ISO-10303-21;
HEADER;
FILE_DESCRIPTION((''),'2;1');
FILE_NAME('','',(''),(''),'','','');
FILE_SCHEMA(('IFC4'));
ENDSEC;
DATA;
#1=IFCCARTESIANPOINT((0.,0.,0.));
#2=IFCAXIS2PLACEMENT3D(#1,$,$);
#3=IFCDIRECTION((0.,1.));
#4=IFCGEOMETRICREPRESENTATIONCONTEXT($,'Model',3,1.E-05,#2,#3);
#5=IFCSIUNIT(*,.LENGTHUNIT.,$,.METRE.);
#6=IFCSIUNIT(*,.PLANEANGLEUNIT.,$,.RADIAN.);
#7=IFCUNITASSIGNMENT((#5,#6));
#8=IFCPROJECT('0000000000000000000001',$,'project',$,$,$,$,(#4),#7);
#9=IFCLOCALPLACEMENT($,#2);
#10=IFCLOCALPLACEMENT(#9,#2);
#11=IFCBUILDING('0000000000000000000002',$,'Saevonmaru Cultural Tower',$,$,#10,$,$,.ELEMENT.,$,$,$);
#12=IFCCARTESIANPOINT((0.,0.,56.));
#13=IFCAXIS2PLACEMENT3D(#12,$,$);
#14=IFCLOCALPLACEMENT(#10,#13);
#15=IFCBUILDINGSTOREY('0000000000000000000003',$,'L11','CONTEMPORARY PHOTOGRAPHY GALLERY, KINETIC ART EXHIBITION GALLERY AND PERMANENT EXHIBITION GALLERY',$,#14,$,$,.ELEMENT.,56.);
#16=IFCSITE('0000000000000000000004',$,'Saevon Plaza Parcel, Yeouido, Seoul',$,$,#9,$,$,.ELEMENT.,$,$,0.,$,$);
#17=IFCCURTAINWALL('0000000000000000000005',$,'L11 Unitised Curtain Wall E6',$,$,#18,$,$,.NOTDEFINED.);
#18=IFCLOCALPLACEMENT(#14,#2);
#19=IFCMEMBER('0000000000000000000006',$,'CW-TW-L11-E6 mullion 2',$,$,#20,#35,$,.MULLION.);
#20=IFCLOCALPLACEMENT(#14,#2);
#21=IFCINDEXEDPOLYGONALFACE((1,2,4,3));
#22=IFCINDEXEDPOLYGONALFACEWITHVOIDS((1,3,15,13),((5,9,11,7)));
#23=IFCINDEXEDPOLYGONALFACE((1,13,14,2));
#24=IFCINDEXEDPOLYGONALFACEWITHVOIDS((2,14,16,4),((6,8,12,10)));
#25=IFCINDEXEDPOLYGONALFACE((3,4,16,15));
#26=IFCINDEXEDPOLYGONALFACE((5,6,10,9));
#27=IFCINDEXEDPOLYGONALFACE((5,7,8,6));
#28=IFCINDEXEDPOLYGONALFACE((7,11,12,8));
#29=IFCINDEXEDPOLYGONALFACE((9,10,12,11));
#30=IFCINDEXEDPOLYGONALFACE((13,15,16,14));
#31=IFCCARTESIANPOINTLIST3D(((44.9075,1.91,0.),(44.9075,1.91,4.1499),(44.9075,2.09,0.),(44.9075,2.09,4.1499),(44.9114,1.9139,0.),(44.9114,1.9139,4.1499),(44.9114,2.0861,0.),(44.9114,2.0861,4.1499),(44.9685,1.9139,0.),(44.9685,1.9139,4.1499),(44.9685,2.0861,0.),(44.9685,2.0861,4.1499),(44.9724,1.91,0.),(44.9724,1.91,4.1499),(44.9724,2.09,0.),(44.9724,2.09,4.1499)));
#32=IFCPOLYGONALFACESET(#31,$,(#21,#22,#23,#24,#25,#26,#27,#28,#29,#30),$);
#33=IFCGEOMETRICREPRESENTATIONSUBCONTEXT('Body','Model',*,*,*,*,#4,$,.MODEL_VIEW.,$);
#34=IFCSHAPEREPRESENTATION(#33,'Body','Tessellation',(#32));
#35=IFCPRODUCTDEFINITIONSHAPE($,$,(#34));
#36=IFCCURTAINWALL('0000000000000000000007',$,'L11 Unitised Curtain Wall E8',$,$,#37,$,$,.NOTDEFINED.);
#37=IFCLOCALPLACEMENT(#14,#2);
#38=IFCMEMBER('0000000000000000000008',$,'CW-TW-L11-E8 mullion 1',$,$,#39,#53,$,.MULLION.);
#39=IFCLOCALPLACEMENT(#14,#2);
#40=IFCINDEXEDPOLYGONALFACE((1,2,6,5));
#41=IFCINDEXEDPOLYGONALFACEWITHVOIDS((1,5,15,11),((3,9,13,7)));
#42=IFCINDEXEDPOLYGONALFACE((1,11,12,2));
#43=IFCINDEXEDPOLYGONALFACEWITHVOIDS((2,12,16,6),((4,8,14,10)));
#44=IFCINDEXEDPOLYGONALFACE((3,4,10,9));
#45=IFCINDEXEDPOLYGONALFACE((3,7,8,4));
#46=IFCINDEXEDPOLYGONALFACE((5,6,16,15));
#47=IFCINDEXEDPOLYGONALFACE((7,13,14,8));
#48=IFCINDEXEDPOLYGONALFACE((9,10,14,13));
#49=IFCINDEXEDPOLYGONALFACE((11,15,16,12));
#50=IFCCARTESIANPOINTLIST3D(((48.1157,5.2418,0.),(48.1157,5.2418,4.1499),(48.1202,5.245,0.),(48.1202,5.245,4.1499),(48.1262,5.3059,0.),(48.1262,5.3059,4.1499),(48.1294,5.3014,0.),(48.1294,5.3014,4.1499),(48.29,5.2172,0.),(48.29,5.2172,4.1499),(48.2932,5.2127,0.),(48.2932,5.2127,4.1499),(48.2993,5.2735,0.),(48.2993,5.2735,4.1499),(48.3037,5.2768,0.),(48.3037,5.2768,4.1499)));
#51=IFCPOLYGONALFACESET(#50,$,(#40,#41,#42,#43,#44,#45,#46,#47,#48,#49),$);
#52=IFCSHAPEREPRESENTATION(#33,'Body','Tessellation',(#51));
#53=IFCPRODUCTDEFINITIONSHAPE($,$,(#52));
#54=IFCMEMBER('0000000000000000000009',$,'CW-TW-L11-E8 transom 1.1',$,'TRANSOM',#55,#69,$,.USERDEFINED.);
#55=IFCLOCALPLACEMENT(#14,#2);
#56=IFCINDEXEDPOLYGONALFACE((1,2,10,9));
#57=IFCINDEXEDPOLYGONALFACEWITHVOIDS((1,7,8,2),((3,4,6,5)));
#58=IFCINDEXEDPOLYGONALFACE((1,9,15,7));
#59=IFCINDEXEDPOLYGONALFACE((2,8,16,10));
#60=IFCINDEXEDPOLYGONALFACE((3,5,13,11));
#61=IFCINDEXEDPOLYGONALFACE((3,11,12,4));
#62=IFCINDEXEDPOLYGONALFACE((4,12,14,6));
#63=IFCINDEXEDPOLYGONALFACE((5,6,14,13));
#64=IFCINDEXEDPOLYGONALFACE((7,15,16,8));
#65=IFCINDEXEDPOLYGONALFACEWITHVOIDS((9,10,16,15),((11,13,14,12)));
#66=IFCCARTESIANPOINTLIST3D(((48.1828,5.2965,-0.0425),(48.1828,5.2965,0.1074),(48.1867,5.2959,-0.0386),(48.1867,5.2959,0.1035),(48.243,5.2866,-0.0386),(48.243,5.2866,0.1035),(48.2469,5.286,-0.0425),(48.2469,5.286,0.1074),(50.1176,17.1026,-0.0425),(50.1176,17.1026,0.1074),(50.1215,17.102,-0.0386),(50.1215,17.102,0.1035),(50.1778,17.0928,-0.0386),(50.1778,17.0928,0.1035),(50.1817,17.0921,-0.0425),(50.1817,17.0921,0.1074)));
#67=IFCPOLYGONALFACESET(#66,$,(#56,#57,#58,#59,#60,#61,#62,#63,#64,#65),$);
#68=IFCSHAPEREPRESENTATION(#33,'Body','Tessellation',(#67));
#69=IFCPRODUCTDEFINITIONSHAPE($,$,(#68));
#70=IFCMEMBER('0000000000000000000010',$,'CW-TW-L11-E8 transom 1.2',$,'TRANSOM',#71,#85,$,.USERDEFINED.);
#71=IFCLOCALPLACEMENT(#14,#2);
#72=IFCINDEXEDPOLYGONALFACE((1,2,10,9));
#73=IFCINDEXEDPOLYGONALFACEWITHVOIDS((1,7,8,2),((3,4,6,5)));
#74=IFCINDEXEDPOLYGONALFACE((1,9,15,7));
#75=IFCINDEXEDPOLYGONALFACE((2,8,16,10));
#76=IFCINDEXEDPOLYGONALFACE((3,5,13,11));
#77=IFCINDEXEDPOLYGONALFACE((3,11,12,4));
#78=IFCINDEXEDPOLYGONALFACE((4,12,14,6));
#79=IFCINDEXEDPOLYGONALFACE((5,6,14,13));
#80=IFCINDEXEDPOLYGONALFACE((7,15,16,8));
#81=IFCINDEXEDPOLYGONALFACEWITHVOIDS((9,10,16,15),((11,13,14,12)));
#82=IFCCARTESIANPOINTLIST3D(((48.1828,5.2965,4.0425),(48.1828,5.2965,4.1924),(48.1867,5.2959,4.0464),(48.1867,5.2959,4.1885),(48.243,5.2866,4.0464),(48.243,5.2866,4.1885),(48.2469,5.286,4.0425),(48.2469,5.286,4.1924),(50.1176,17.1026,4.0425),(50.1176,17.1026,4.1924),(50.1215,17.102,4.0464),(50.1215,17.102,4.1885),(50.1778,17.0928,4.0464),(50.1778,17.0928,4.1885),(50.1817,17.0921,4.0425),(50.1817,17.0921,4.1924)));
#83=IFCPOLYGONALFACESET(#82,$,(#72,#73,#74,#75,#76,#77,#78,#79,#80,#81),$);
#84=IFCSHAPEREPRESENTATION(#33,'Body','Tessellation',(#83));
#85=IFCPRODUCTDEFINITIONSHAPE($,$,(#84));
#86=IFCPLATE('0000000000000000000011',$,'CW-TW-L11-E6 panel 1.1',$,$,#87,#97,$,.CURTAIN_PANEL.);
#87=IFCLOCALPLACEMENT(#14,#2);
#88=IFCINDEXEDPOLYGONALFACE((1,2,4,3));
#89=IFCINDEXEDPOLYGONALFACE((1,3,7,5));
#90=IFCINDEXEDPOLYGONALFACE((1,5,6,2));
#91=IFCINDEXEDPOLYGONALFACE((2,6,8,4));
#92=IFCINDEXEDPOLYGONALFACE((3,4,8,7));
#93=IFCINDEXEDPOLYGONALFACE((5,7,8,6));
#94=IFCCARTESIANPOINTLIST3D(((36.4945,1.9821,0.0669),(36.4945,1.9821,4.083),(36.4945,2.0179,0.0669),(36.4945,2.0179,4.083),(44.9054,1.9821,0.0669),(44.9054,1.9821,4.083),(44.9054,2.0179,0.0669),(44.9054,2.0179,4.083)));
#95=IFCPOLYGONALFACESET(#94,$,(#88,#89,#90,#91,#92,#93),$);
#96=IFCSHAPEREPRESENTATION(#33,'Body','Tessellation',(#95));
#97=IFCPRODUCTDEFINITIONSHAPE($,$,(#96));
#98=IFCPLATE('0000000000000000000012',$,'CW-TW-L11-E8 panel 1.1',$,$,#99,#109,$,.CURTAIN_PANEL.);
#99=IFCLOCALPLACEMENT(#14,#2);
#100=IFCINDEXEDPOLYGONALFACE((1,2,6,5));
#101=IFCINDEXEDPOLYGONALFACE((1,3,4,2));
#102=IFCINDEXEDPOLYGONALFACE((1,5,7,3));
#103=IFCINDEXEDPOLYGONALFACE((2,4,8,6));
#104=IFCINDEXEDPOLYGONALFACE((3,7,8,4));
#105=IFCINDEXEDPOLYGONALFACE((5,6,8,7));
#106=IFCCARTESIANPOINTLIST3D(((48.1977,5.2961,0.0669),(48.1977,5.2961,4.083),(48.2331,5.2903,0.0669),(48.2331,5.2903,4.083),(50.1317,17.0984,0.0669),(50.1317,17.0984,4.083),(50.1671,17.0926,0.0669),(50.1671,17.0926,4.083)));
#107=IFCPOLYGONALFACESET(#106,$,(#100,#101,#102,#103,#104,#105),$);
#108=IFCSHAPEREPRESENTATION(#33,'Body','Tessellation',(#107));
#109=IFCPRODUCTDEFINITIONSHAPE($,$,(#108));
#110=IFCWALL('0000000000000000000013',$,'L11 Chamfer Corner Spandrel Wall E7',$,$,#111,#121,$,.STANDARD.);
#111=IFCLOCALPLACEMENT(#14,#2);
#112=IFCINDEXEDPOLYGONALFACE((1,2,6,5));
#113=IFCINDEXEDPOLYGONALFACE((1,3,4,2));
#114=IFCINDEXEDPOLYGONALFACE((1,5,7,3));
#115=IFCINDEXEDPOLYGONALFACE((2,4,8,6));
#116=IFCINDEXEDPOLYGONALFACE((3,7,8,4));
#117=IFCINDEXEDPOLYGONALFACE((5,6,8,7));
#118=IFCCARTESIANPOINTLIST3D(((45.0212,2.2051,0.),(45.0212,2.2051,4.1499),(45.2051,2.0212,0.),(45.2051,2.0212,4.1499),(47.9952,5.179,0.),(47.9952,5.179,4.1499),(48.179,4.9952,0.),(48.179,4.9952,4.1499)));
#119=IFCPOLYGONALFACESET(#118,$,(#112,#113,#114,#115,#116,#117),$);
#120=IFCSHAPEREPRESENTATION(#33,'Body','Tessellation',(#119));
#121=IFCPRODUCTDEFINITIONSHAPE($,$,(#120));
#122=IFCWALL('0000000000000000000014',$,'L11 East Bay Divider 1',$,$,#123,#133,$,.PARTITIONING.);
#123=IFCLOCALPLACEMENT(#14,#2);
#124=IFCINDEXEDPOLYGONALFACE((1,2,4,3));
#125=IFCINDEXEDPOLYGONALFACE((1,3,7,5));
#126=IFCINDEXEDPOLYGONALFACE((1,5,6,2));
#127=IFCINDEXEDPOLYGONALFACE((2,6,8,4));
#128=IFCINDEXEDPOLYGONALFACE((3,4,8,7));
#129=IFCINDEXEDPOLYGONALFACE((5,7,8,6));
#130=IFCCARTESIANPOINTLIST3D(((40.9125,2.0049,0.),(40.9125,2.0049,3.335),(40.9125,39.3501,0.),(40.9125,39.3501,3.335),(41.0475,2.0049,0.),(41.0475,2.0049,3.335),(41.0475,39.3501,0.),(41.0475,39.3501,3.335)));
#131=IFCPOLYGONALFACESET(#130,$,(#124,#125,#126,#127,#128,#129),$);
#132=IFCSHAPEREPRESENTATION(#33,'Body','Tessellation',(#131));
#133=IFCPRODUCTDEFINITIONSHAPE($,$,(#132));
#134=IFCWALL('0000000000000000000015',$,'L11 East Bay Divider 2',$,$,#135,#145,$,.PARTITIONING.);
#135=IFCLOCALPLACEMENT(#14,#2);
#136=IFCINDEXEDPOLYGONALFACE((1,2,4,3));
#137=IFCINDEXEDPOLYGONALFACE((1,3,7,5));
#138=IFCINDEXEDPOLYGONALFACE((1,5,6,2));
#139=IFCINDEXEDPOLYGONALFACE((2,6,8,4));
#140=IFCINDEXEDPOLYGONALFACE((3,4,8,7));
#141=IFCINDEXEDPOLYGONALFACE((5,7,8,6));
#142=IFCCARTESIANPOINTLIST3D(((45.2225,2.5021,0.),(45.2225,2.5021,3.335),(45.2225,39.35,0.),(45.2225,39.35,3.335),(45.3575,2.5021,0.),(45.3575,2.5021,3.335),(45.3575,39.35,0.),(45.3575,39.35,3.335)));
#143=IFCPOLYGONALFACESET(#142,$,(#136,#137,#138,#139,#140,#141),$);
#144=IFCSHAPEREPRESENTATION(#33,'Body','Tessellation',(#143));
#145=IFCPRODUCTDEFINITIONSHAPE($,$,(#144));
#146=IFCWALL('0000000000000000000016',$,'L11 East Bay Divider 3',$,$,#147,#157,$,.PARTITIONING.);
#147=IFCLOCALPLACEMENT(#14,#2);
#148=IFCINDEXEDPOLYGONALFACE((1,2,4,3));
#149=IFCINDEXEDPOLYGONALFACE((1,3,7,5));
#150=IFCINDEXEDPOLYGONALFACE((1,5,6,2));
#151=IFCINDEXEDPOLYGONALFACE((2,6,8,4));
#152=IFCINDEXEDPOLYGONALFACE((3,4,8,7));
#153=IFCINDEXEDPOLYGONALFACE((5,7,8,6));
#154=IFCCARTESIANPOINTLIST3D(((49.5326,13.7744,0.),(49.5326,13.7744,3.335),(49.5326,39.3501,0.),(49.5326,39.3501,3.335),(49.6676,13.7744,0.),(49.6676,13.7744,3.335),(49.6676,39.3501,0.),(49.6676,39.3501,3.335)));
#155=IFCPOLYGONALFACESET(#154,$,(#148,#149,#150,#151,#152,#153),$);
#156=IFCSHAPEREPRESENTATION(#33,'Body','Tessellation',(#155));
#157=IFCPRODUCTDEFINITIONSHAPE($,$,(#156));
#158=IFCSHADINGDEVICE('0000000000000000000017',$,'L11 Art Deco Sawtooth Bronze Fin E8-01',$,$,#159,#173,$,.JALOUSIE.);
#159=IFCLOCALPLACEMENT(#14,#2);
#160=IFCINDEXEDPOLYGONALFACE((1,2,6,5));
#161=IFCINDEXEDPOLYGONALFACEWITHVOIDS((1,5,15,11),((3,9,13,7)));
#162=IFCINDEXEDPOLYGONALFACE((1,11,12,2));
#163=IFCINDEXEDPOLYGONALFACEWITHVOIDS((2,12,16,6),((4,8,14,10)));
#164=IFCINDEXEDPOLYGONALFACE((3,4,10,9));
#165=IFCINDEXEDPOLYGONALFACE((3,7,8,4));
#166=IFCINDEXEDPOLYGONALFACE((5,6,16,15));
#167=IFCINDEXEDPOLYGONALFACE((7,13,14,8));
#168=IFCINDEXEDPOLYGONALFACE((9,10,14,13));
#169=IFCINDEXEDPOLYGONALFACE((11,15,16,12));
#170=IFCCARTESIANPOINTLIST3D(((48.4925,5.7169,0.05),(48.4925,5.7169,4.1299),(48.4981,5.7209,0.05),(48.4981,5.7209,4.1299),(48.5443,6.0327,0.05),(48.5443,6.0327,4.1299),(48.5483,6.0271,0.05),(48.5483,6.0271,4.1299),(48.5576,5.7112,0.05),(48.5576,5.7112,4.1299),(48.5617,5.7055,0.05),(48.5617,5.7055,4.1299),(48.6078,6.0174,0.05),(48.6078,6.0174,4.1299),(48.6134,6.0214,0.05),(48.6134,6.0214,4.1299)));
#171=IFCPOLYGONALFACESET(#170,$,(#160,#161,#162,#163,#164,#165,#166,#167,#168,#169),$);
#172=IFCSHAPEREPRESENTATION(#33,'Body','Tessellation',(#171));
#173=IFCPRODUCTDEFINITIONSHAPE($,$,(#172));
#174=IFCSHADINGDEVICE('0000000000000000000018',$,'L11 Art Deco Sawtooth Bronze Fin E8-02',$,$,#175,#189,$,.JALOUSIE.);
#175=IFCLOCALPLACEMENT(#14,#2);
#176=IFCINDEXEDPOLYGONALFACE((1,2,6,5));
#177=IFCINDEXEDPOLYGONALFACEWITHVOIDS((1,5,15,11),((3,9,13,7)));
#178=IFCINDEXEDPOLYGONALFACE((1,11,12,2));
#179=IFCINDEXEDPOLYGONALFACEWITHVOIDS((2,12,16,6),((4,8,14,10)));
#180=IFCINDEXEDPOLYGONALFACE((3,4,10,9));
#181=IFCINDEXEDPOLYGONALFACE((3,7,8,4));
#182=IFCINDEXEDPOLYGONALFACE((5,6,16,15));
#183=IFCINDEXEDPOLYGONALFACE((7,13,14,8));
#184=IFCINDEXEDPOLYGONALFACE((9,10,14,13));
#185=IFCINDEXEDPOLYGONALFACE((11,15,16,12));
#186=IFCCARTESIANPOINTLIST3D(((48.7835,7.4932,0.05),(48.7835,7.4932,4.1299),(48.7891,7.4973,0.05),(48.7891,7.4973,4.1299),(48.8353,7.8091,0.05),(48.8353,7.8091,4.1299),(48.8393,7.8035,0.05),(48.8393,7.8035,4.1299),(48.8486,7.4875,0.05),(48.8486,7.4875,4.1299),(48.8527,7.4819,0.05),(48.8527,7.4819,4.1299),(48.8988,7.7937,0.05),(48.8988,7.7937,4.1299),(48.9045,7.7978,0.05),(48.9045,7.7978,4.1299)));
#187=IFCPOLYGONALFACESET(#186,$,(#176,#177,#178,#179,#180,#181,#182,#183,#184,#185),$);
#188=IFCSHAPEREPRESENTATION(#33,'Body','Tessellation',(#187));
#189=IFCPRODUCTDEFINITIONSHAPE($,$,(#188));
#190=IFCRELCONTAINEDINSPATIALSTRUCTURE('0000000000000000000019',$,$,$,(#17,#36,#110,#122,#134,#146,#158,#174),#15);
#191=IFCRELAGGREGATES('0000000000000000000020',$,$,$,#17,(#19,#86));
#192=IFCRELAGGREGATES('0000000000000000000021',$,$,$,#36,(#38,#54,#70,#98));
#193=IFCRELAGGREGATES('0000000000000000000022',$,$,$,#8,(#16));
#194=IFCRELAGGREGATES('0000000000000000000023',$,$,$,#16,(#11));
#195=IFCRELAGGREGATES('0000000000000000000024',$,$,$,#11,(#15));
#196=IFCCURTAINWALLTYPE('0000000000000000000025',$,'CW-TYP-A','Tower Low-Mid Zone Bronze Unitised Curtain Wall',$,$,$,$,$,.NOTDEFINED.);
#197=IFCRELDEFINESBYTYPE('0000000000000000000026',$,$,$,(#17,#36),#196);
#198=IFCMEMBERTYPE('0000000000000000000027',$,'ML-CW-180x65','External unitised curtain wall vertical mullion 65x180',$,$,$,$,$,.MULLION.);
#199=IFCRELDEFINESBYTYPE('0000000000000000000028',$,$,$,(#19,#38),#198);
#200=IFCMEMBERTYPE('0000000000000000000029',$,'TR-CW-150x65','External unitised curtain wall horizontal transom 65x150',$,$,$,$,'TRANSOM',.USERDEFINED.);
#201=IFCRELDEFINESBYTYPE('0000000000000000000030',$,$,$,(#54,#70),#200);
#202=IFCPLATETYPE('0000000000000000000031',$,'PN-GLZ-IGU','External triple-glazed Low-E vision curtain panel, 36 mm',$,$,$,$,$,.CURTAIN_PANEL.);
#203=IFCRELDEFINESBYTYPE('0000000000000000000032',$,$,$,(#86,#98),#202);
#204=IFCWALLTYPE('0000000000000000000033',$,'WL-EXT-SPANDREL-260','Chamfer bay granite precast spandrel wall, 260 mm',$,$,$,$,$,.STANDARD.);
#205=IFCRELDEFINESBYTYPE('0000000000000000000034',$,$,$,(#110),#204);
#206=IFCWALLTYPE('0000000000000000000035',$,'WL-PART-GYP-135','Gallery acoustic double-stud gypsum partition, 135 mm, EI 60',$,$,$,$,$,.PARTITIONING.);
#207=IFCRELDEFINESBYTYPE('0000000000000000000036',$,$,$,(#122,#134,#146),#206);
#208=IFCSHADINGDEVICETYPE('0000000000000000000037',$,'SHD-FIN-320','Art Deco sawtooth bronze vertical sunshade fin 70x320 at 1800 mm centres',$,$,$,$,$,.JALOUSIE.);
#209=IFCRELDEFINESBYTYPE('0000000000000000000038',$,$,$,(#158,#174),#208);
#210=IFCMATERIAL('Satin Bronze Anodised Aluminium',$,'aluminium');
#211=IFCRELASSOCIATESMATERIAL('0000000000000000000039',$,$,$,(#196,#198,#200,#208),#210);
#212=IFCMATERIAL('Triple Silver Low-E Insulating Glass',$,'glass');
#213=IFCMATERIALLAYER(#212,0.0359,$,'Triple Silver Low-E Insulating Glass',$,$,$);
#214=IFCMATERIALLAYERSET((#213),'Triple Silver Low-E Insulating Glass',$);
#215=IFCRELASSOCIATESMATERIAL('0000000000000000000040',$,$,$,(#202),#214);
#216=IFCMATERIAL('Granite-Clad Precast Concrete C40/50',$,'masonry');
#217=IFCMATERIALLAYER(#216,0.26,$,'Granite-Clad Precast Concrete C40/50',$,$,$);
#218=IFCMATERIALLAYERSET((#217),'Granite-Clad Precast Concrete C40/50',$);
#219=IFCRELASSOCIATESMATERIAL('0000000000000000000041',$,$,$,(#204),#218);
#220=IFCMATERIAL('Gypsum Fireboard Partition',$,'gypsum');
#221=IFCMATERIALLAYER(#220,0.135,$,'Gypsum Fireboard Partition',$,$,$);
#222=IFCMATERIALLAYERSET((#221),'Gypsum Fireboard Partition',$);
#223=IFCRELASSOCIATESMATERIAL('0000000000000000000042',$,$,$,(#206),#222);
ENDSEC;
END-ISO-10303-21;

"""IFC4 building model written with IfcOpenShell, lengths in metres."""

from ifc_helpers import new_model, si_unit, direction, frame, frame_2d, origin, origin_2d, place, context, subcontext, project, spatial, rectangle, hollow_rectangle, extrude, material, layer, layer_set, material_profile, profile_set, type_object, element, aggregate, save


model = new_model("IFC4")

# Units and contexts
model_context = context("Model", 3, precision=1e-05, world=origin(), true_north=direction((0.0, 1.0)))
body_context = subcontext(model_context, "Body", "Model", "MODEL_VIEW")
ifc_project = project(units=[si_unit("LENGTHUNIT", "METRE"), si_unit("PLANEANGLEUNIT", "RADIAN")], contexts=[model_context])

# Site, building, storey
site_placement = place(None, origin())
site = spatial("IfcSite", under=ifc_project, at=site_placement, Name="Saevon Plaza Parcel, Yeouido, Seoul", CompositionType="ELEMENT", RefElevation=0.0)
building_placement = place(site_placement, origin())
building = spatial("IfcBuilding", under=site, at=building_placement, Name="Saevonmaru Cultural Tower", CompositionType="ELEMENT")
storey_placement = place(building_placement, frame((0.0, 0.0, 56.0)))
storey = spatial("IfcBuildingStorey", under=building, at=storey_placement, Name="L11", Description="CONTEMPORARY PHOTOGRAPHY GALLERY, KINETIC ART EXHIBITION GALLERY AND PERMANENT EXHIBITION GALLERY", CompositionType="ELEMENT", Elevation=56.0)

# Curtain wall, member
ifc_material_1 = material(Name="Satin Bronze Anodised Aluminium", Category="aluminium")
curtain_wall_type = type_object("IfcCurtainWallType", Name="CW-TYP-A", Description="Tower Low-Mid Zone Bronze Unitised Curtain Wall", PredefinedType="NOTDEFINED", material=ifc_material_1)
curtain_wall_1_placement = place(storey_placement, origin())
curtain_wall_1 = element("IfcCurtainWall", 1, at=curtain_wall_1_placement, inside=storey, type_object=curtain_wall_type, Name="L11 Unitised Curtain Wall E6", PredefinedType="NOTDEFINED")
ifc_material_profile_1 = material_profile(ifc_material_1, hollow_rectangle(XDim=0.0649, YDim=0.1799, WallThickness=0.0039, at=origin_2d()), Name="ALU-MULL-180x65x4")
ifc_profile_set_1 = profile_set([ifc_material_profile_1], Name="Satin Bronze Anodised Aluminium")
member_type_1 = type_object("IfcMemberType", Name="ML-CW-180x65", Description="External unitised curtain wall vertical mullion 65x180", PredefinedType="MULLION", material=ifc_profile_set_1)
member_1_placement = place(storey_placement, frame((44.9399, 2.0, 0.0), z_axis=(0.0, 0.0, 1.0), x_axis=(1.0, 0.0, 0.0)))
member_1 = element("IfcMember", 2, at=member_1_placement, type_object=member_type_1, Name="CW-TW-L11-E6 mullion 2", PredefinedType="MULLION", context=body_context, shape_type="SweptSolid", body=[
    extrude(hollow_rectangle(XDim=0.0649, YDim=0.1799, WallThickness=0.0039, at=origin_2d()), origin(), (0.0, 0.0, 1.0), 4.1499),
])

# Curtain wall, members
curtain_wall_2_placement = place(storey_placement, origin())
curtain_wall_2 = element("IfcCurtainWall", 3, at=curtain_wall_2_placement, inside=storey, type_object=curtain_wall_type, Name="L11 Unitised Curtain Wall E8", PredefinedType="NOTDEFINED")
member_2_placement = place(storey_placement, frame((48.2097, 5.2593, 0.0), z_axis=(0.0, 0.0, 1.0), x_axis=(0.161709, 0.986839, 0.0)))
member_2 = element("IfcMember", 4, at=member_2_placement, type_object=member_type_1, Name="CW-TW-L11-E8 mullion 1", PredefinedType="MULLION", context=body_context, shape_type="SweptSolid", body=[
    extrude(hollow_rectangle(XDim=0.0649, YDim=0.1799, WallThickness=0.0039, at=origin_2d()), origin(), (0.0, 0.0, 1.0), 4.1499),
])
ifc_material_profile_2 = material_profile(ifc_material_1, hollow_rectangle(XDim=0.0649, YDim=0.1499, WallThickness=0.0039, at=origin_2d()), Name="ALU-TRAN-150x65x4")
ifc_profile_set_2 = profile_set([ifc_material_profile_2], Name="Satin Bronze Anodised Aluminium")
member_type_2 = type_object("IfcMemberType", Name="TR-CW-150x65", Description="External unitised curtain wall horizontal transom 65x150", ElementType="TRANSOM", PredefinedType="USERDEFINED", material=ifc_profile_set_2)
member_3_placement = place(storey_placement, frame((48.2148, 5.2913, 0.0325), z_axis=(0.161725, 0.986836, 0.0), x_axis=(-0.986836, 0.161725, 0.0)))
member_3 = element("IfcMember", 5, at=member_3_placement, type_object=member_type_2, Name="CW-TW-L11-E8 transom 1.1", ObjectType="TRANSOM", PredefinedType="USERDEFINED", context=body_context, shape_type="SweptSolid", body=[
    extrude(hollow_rectangle(XDim=0.0649, YDim=0.1499, WallThickness=0.0039, at=origin_2d()), origin(), (0.0, 0.0, 1.0), 11.9636),
])
member_4_placement = place(storey_placement, frame((48.2148, 5.2913, 4.1174), z_axis=(0.161725, 0.986836, 0.0), x_axis=(-0.986836, 0.161725, 0.0)))
member_4 = element("IfcMember", 6, at=member_4_placement, type_object=member_type_2, Name="CW-TW-L11-E8 transom 1.2", ObjectType="TRANSOM", PredefinedType="USERDEFINED", context=body_context, shape_type="SweptSolid", body=[
    extrude(hollow_rectangle(XDim=0.0649, YDim=0.1499, WallThickness=0.0039, at=origin_2d()), origin(), (0.0, 0.0, 1.0), 11.9636),
])

# Plates
ifc_material_2 = material(Name="Triple Silver Low-E Insulating Glass", Category="glass")
ifc_layer_1 = layer(ifc_material_2, 0.0359, Name="Triple Silver Low-E Insulating Glass")
ifc_layer_set_1 = layer_set([ifc_layer_1], Name="Triple Silver Low-E Insulating Glass")
plate_type = type_object("IfcPlateType", Name="PN-GLZ-IGU", Description="External triple-glazed Low-E vision curtain panel, 36 mm", PredefinedType="CURTAIN_PANEL", material=ifc_layer_set_1)
plate_1_placement = place(storey_placement, frame((40.7, 2.0, 0.0669), z_axis=(0.0, 0.0, 1.0), x_axis=(1.0, 0.0, 0.0)))
plate_1 = element("IfcPlate", 7, at=plate_1_placement, type_object=plate_type, Name="CW-TW-L11-E6 panel 1.1", PredefinedType="CURTAIN_PANEL", context=body_context, shape_type="SweptSolid", body=[
    extrude(rectangle(XDim=8.4109, YDim=0.0359, at=origin_2d()), origin(), (0.0, 0.0, 1.0), 4.0161),
])
aggregate(curtain_wall_1, [member_1, plate_1])
plate_2_placement = place(storey_placement, frame((49.1824, 11.1943, 0.0669), z_axis=(0.0, 0.0, 1.0), x_axis=(0.161709, 0.986839, 0.0)))
plate_2 = element("IfcPlate", 8, at=plate_2_placement, type_object=plate_type, Name="CW-TW-L11-E8 panel 1.1", PredefinedType="CURTAIN_PANEL", context=body_context, shape_type="SweptSolid", body=[
    extrude(rectangle(XDim=11.9597, YDim=0.0359, at=origin_2d()), origin(), (0.0, 0.0, 1.0), 4.0161),
])
aggregate(curtain_wall_2, [member_2, member_3, member_4, plate_2])

# Walls
ifc_material_3 = material(Name="Granite-Clad Precast Concrete C40/50", Category="masonry")
ifc_layer_2 = layer(ifc_material_3, 0.26, Name="Granite-Clad Precast Concrete C40/50")
ifc_layer_set_2 = layer_set([ifc_layer_2], Name="Granite-Clad Precast Concrete C40/50")
wall_type_1 = type_object("IfcWallType", Name="WL-EXT-SPANDREL-260", Description="Chamfer bay granite precast spandrel wall, 260 mm", PredefinedType="STANDARD", material=ifc_layer_set_2)
wall_1_placement = place(storey_placement, frame((45.113, 2.113, 0.0), z_axis=(0.0, 0.0, 1.0), x_axis=(0.707107, 0.707107, 0.0)))
element("IfcWall", 9, at=wall_1_placement, inside=storey, type_object=wall_type_1, Name="L11 Chamfer Corner Spandrel Wall E7", PredefinedType="STANDARD", context=body_context, shape_type="SweptSolid", body=[
    extrude(rectangle(XDim=4.2058, YDim=0.26, at=frame_2d((2.103, 0.0))), origin(), (0.0, 0.0, 1.0), 4.1499),
])
ifc_material_4 = material(Name="Gypsum Fireboard Partition", Category="gypsum")
ifc_layer_3 = layer(ifc_material_4, 0.135, Name="Gypsum Fireboard Partition")
ifc_layer_set_3 = layer_set([ifc_layer_3], Name="Gypsum Fireboard Partition")
wall_type_2 = type_object("IfcWallType", Name="WL-PART-GYP-135", Description="Gallery acoustic double-stud gypsum partition, 135 mm, EI 60", PredefinedType="PARTITIONING", material=ifc_layer_set_3)
wall_2_placement = place(storey_placement, frame((40.98, 2.0049, 0.0), z_axis=(0.0, 0.0, 1.0), x_axis=(0.0, 1.0, 0.0)))
element("IfcWall", 10, at=wall_2_placement, inside=storey, type_object=wall_type_2, Name="L11 East Bay Divider 1", PredefinedType="PARTITIONING", context=body_context, shape_type="SweptSolid", body=[
    extrude(rectangle(XDim=37.3452, YDim=0.135, at=frame_2d((18.6726, 0.0))), origin(), (0.0, 0.0, 1.0), 3.335),
])
wall_3_placement = place(storey_placement, frame((45.29, 2.5022, 0.0), z_axis=(0.0, 0.0, 1.0), x_axis=(0.0, 1.0, 0.0)))
element("IfcWall", 11, at=wall_3_placement, inside=storey, type_object=wall_type_2, Name="L11 East Bay Divider 2", PredefinedType="PARTITIONING", context=body_context, shape_type="SweptSolid", body=[
    extrude(rectangle(XDim=36.8479, YDim=0.135, at=frame_2d((18.4238, 0.0))), origin(), (0.0, 0.0, 1.0), 3.335),
])
wall_4_placement = place(storey_placement, frame((49.6001, 13.7744, 0.0), z_axis=(0.0, 0.0, 1.0), x_axis=(0.0, 1.0, 0.0)))
element("IfcWall", 12, at=wall_4_placement, inside=storey, type_object=wall_type_2, Name="L11 East Bay Divider 3", PredefinedType="PARTITIONING", context=body_context, shape_type="SweptSolid", body=[
    extrude(rectangle(XDim=25.5757, YDim=0.135, at=frame_2d((12.7878, 0.0))), origin(), (0.0, 0.0, 1.0), 3.335),
])

# Shading devices
ifc_material_profile_3 = material_profile(ifc_material_1, hollow_rectangle(XDim=0.0701, YDim=0.3201, WallThickness=0.0049, at=origin_2d()), Name="FIN-320x70")
ifc_profile_set_3 = profile_set([ifc_material_profile_3], Name="Satin Bronze Anodised Aluminium")
shading_device_type = type_object("IfcShadingDeviceType", Name="SHD-FIN-320", Description="Art Deco sawtooth bronze vertical sunshade fin 70x320 at 1800 mm centres", PredefinedType="JALOUSIE", material=ifc_profile_set_3)
for number, where, z_axis, x_axis, name in (
    (13, (48.553, 5.8691, 0.05), (0.0, 0.0, 1.0), (0.986827, -0.161776, 0.0), "L11 Art Deco Sawtooth Bronze Fin E8-01"),
    (14, (48.844, 7.6455, 0.05), (0.0, 0.0, 1.0), (0.986827, -0.161776, 0.0), "L11 Art Deco Sawtooth Bronze Fin E8-02"),
):
    element("IfcShadingDevice", number, at=place(storey_placement, frame(where, z_axis=z_axis, x_axis=x_axis)), inside=storey, type_object=shading_device_type, Name=name, PredefinedType="JALOUSIE", context=body_context, shape_type="SweptSolid", body=[
        extrude(hollow_rectangle(XDim=0.0701, YDim=0.3201, WallThickness=0.0049, at=origin_2d()), origin(), (0.0, 0.0, 1.0), 4.0798),
    ])

save(model, "model.ifc")
